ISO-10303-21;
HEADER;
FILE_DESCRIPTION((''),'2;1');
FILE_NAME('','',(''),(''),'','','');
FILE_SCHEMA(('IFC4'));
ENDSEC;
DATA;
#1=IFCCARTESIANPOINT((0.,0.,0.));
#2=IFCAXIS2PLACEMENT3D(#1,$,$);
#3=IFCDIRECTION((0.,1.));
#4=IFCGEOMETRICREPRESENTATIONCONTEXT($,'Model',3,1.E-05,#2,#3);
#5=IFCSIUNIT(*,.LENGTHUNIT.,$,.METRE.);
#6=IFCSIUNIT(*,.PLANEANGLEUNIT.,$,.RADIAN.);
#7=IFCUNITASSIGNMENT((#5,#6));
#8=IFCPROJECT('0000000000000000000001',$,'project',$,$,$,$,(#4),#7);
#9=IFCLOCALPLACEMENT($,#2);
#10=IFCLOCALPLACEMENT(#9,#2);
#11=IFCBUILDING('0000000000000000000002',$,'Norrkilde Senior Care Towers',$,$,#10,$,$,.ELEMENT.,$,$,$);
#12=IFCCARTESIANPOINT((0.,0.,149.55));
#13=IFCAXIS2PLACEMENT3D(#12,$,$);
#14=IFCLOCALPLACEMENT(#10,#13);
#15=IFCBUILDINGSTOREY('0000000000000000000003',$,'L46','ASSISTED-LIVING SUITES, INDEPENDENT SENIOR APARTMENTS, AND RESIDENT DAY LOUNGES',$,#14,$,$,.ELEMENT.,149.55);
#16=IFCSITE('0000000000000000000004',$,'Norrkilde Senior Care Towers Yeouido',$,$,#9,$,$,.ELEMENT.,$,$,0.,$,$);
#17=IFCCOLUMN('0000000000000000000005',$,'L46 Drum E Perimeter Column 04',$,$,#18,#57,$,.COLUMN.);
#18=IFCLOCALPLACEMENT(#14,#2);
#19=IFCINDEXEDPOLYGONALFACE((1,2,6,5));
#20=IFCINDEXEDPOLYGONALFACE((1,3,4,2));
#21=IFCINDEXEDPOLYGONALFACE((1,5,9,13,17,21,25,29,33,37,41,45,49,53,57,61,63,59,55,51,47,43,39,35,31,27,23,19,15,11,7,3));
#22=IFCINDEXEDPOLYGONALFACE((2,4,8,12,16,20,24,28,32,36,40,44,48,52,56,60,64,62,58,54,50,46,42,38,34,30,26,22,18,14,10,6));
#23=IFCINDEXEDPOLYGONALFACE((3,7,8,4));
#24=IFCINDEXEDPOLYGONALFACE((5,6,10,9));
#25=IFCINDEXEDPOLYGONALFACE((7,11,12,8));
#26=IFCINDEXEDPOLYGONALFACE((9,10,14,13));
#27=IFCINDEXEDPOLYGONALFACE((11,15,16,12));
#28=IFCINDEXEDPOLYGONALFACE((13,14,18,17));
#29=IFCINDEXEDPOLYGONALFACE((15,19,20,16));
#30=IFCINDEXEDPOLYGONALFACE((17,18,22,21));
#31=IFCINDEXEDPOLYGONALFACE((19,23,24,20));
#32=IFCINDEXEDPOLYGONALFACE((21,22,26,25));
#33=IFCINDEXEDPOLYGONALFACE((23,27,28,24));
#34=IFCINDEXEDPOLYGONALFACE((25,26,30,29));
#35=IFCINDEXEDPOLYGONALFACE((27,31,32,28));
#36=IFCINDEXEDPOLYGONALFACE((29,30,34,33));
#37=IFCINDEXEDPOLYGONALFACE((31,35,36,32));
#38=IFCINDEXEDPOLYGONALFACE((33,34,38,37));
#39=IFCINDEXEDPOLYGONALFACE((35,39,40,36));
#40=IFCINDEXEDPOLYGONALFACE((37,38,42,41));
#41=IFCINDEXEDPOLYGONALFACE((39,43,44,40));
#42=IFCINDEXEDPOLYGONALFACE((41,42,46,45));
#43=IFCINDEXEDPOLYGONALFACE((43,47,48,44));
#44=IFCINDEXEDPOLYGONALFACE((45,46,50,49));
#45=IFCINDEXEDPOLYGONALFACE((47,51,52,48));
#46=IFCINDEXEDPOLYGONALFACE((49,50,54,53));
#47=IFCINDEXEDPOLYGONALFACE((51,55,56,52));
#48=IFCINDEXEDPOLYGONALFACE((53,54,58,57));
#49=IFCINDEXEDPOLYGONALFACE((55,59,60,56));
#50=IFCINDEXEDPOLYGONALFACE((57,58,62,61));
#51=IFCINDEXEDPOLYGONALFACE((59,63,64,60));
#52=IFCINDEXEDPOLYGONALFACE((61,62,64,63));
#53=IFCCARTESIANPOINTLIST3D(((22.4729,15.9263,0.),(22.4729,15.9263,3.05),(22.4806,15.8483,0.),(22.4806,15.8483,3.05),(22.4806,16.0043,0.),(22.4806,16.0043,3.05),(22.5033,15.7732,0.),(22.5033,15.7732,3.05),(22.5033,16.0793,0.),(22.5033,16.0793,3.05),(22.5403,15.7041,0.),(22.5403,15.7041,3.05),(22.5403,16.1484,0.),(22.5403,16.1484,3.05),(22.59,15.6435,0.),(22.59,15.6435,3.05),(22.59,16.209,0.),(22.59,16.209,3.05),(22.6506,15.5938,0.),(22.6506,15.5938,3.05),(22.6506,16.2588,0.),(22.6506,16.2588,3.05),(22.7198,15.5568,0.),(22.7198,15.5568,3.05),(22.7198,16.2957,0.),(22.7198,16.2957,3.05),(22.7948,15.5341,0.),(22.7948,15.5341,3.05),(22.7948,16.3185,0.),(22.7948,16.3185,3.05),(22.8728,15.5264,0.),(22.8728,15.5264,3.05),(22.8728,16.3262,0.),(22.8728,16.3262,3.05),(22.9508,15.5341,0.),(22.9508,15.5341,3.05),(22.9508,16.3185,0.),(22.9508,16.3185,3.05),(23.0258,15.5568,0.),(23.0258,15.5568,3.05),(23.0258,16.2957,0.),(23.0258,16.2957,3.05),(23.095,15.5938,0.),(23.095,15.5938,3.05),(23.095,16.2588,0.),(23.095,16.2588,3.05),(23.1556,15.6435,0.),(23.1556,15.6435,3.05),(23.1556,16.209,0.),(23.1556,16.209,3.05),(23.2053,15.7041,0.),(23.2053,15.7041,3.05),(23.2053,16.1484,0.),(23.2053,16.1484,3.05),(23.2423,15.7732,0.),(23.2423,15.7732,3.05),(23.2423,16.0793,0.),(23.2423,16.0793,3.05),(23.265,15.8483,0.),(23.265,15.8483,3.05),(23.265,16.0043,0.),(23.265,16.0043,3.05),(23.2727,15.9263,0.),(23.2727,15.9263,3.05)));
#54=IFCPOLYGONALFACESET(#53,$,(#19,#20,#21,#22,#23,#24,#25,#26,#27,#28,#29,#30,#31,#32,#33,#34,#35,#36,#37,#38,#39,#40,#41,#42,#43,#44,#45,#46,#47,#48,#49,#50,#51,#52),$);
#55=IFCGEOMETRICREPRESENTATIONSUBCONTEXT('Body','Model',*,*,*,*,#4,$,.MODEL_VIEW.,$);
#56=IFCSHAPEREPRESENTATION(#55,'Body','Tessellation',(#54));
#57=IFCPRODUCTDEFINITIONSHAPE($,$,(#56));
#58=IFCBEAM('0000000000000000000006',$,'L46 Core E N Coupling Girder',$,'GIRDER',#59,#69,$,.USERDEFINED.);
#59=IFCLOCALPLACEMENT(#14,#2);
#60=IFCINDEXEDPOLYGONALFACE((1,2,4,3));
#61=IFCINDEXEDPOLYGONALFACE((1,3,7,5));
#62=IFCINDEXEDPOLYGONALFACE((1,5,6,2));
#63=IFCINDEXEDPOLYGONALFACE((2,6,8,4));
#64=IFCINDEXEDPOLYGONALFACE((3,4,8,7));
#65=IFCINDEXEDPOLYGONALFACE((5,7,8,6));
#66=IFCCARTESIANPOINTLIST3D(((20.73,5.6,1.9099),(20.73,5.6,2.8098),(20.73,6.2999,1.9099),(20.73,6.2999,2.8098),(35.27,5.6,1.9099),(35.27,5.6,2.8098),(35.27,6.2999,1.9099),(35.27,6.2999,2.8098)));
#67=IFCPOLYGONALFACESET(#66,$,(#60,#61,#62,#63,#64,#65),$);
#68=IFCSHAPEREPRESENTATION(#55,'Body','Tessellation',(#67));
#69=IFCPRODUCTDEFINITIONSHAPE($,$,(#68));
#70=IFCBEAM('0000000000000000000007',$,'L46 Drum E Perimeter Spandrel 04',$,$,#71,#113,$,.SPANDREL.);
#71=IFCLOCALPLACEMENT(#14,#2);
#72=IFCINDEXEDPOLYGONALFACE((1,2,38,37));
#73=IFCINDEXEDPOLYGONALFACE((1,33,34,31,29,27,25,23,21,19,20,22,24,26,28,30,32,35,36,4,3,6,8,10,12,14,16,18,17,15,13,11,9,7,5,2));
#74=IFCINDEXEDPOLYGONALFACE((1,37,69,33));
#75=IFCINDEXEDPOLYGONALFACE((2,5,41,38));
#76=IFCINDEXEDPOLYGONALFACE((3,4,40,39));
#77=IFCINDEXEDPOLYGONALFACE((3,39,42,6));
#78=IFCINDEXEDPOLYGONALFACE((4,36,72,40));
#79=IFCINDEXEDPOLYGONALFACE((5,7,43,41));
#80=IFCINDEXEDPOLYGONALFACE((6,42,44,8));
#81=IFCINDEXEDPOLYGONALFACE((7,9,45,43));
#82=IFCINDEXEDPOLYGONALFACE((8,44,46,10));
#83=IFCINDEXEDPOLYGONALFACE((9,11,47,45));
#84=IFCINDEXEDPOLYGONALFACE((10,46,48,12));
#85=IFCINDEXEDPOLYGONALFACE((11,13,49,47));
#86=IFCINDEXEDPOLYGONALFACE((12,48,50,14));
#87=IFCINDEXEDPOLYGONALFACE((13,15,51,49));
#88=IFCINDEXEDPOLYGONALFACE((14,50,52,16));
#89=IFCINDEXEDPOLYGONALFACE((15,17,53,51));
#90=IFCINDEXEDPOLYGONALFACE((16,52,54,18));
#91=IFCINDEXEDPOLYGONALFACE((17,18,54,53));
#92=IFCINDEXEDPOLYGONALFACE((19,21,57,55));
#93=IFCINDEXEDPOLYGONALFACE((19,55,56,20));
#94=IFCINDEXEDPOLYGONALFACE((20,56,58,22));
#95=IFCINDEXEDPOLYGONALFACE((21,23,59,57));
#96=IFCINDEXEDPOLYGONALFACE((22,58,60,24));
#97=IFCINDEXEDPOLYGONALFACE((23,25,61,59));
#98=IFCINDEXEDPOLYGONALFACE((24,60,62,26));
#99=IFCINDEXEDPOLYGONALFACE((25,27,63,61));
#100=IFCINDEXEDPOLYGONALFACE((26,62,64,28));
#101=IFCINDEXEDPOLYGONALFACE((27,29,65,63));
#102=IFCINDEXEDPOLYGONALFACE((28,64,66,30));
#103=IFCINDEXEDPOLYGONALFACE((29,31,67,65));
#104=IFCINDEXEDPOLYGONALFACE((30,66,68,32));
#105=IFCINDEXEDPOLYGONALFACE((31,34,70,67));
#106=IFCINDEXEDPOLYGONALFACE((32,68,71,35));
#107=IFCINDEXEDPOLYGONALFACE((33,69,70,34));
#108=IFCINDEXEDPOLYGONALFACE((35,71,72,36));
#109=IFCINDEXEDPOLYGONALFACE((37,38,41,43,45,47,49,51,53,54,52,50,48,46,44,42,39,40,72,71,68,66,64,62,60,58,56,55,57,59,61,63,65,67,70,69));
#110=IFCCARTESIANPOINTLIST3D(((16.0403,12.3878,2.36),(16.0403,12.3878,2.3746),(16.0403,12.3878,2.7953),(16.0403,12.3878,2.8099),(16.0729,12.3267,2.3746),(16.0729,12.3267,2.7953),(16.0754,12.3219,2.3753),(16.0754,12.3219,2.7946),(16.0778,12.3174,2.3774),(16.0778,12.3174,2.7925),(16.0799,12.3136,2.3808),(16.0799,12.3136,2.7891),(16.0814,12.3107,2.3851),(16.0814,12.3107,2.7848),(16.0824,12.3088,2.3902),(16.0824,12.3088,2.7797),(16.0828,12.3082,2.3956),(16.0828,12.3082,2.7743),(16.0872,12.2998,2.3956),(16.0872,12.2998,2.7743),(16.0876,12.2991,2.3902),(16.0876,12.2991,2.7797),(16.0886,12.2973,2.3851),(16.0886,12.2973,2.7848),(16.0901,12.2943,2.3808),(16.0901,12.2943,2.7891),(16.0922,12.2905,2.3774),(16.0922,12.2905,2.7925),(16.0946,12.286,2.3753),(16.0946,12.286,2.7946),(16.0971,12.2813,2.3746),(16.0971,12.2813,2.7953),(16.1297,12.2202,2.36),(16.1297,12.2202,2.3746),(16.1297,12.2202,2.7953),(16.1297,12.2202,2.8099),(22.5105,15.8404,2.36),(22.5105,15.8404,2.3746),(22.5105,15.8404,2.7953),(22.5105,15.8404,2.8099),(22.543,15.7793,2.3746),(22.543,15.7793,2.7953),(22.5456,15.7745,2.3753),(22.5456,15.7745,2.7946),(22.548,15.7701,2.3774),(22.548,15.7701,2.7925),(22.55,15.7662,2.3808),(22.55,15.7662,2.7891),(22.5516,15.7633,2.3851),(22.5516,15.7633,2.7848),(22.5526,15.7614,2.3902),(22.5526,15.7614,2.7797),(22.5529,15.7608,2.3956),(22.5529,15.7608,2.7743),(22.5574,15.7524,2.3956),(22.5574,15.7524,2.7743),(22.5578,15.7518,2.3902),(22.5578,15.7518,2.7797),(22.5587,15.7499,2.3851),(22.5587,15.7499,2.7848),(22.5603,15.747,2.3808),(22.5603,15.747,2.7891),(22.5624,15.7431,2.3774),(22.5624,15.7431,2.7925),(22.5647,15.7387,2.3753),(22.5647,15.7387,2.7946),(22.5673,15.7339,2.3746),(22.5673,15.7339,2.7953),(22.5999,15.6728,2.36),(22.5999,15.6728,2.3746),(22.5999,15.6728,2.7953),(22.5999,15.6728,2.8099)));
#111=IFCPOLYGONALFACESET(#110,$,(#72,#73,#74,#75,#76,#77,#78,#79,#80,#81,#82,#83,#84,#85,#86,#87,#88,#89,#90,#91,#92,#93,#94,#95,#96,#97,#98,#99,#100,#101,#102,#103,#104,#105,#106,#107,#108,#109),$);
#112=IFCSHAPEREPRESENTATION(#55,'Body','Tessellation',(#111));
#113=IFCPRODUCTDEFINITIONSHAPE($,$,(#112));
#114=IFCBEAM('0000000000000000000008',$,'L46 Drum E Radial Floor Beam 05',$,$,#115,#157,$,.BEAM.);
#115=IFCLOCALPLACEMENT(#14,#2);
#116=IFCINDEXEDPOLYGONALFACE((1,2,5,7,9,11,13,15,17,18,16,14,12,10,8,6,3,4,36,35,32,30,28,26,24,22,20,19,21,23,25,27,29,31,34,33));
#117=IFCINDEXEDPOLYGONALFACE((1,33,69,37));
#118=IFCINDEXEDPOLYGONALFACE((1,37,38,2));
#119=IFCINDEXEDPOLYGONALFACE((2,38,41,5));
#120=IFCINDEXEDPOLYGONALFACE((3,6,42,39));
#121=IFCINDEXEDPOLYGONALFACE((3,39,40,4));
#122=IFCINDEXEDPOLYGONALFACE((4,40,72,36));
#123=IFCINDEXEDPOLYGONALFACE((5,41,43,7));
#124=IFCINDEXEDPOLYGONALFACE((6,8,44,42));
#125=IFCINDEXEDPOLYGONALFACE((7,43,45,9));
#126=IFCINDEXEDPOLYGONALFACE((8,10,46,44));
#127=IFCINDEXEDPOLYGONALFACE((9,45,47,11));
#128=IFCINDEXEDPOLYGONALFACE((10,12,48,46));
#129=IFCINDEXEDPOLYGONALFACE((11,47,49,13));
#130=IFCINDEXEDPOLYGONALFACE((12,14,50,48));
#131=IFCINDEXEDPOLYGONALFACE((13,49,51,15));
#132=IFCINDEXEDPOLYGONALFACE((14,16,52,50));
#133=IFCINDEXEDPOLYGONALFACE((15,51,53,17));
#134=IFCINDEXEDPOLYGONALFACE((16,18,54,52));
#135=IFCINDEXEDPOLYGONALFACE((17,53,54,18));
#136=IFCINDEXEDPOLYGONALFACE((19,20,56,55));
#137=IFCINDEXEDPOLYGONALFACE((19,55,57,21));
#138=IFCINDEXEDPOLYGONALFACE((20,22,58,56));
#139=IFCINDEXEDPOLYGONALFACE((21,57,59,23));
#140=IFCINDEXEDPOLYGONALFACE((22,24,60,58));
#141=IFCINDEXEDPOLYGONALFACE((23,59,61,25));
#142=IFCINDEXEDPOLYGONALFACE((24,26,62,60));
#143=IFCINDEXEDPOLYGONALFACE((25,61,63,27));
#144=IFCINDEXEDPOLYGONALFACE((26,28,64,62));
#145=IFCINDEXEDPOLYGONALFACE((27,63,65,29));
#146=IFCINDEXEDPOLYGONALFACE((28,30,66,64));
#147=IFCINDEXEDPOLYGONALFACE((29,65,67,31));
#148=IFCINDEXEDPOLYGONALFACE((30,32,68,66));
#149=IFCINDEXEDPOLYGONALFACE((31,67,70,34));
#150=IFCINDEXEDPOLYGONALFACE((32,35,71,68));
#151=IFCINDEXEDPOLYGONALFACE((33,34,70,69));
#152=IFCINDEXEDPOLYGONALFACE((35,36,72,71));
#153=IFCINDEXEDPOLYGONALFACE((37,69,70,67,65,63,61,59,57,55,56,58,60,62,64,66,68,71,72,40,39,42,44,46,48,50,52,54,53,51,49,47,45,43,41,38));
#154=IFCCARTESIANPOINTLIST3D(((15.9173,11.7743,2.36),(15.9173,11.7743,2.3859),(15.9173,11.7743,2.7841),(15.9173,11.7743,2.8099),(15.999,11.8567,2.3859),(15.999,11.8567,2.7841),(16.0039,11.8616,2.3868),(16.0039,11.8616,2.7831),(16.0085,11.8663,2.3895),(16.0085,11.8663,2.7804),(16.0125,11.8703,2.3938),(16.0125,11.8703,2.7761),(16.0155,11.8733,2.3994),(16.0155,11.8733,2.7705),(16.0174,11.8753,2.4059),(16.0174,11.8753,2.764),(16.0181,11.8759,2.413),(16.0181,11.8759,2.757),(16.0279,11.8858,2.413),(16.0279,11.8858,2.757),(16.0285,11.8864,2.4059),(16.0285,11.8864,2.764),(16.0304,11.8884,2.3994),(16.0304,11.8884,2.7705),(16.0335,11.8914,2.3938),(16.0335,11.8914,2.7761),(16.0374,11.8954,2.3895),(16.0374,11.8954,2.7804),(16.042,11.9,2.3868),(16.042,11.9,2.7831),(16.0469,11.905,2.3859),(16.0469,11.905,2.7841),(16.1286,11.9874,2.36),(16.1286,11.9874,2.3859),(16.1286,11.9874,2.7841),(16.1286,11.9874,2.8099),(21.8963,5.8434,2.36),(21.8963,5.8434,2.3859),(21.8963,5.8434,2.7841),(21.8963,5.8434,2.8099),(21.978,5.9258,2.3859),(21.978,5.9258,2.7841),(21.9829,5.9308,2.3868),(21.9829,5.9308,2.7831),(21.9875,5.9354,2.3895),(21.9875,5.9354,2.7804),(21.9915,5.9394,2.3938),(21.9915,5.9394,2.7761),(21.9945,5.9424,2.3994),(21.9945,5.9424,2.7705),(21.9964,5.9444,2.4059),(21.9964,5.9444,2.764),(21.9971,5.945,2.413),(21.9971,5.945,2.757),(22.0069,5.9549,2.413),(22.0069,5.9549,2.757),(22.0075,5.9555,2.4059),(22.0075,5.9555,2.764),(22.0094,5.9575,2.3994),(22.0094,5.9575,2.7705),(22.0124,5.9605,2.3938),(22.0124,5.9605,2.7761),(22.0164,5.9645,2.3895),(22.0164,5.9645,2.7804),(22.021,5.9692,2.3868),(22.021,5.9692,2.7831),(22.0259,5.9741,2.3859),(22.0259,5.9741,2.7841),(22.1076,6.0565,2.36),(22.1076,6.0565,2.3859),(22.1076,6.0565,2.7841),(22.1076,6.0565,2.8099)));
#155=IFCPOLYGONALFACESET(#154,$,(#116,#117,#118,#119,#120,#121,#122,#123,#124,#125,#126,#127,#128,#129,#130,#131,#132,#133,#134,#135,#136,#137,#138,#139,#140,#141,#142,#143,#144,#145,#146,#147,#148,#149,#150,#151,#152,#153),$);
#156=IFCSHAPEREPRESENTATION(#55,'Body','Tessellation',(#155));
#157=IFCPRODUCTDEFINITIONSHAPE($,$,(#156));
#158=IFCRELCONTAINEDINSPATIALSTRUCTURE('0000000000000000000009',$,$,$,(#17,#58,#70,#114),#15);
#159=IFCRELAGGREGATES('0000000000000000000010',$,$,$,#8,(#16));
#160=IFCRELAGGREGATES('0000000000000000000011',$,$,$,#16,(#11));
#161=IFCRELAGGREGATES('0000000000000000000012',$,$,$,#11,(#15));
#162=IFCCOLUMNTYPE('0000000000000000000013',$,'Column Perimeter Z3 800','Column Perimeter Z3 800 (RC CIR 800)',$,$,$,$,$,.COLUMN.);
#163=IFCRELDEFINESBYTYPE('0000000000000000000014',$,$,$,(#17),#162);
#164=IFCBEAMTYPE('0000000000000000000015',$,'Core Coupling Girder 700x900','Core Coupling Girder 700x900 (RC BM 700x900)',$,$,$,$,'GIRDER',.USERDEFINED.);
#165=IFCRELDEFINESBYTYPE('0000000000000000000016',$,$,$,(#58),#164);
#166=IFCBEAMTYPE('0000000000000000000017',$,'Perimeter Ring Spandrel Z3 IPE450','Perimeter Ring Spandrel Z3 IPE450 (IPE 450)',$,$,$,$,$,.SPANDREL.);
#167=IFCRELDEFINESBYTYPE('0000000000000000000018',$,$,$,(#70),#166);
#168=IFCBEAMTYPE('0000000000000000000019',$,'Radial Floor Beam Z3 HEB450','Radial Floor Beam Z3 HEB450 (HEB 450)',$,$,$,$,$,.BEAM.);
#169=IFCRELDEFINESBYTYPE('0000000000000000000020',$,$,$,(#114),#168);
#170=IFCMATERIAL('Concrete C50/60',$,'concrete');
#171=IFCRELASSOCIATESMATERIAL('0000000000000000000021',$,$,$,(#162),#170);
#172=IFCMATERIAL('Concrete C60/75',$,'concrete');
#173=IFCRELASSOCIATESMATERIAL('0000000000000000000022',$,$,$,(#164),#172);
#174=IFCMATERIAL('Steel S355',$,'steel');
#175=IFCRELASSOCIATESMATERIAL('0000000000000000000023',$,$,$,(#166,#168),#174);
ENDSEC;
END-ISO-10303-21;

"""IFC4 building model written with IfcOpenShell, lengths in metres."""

from ifc_helpers import new_model, si_unit, direction, frame, origin, origin_2d, place, context, subcontext, project, spatial, rectangle, circle, i_section, extrude, source, transform, mapped, material, material_profile, profile_set, type_object, type_shapes, element, save


model = new_model("IFC4")

# Units and contexts
model_context = context("Model", 3, precision=1e-05, world=origin(), true_north=direction((0.0, 1.0)))
body_context = subcontext(model_context, "Body", "Model", "MODEL_VIEW")
ifc_project = project(units=[si_unit("LENGTHUNIT", "METRE"), si_unit("PLANEANGLEUNIT", "RADIAN")], contexts=[model_context])

# Site, building, storey
site_placement = place(None, origin())
site = spatial("IfcSite", under=ifc_project, at=site_placement, Name="Norrkilde Senior Care Towers Yeouido", CompositionType="ELEMENT", RefElevation=0.0)
building_placement = place(site_placement, origin())
building = spatial("IfcBuilding", under=site, at=building_placement, Name="Norrkilde Senior Care Towers", CompositionType="ELEMENT")
storey_placement = place(building_placement, frame((0.0, 0.0, 149.55)))
storey = spatial("IfcBuildingStorey", under=building, at=storey_placement, Name="L46", Description="ASSISTED-LIVING SUITES, INDEPENDENT SENIOR APARTMENTS, AND RESIDENT DAY LOUNGES", CompositionType="ELEMENT", Elevation=149.55)

# Column
ifc_material_1 = material(Name="Concrete C50/60", Category="concrete")
ifc_material_profile_1 = material_profile(ifc_material_1, circle(Radius=0.3999, at=origin_2d()), Name="RC CIR 800")
ifc_profile_set_1 = profile_set([ifc_material_profile_1], Name="Concrete C50/60")
column_type = type_object("IfcColumnType", Name="Column Perimeter Z3 800", Description="Column Perimeter Z3 800 (RC CIR 800)", PredefinedType="COLUMN", material=ifc_profile_set_1)
shared_shape_1 = source(origin(), body_context, "Body", "SweptSolid", [
    extrude(circle(Radius=0.3999, at=origin_2d()), origin(), (0.0, 0.0, 1.0), 3.05),
])
type_shapes(column_type, [shared_shape_1])
column_placement = place(storey_placement, frame((22.8728, 15.9263, 0.0), z_axis=(0.0, 0.0, 1.0), x_axis=(1.0, 0.0, 0.0)))
element("IfcColumn", 1, at=column_placement, inside=storey, type_object=column_type, Name="L46 Drum E Perimeter Column 04", PredefinedType="COLUMN", context=body_context, shape_type="MappedRepresentation", body=[
    mapped(shared_shape_1, transform((0.0, 0.0, 0.0), x_axis=(1.0, 0.0, 0.0), y_axis=(0.0, 1.0, 0.0), z_axis=(0.0, 0.0, 1.0), scale=1.0)),
])

# Beams
ifc_material_2 = material(Name="Concrete C60/75", Category="concrete")
ifc_material_profile_2 = material_profile(ifc_material_2, rectangle(XDim=0.7, YDim=0.8999, at=origin_2d()), Name="RC BM 700x900")
ifc_profile_set_2 = profile_set([ifc_material_profile_2], Name="Concrete C60/75")
beam_type_1 = type_object("IfcBeamType", Name="Core Coupling Girder 700x900", Description="Core Coupling Girder 700x900 (RC BM 700x900)", ElementType="GIRDER", PredefinedType="USERDEFINED", material=ifc_profile_set_2)
shared_shape_2 = source(origin(), body_context, "Body", "SweptSolid", [
    extrude(rectangle(XDim=0.7, YDim=0.8999, at=origin_2d()), origin(), (0.0, 0.0, 1.0), 14.54),
])
type_shapes(beam_type_1, [shared_shape_2])
beam_1_placement = place(storey_placement, frame((20.73, 5.95, 2.3599), z_axis=(1.0, 0.0, 0.0), x_axis=(0.0, 1.0, 0.0)))
element("IfcBeam", 2, at=beam_1_placement, inside=storey, type_object=beam_type_1, Name="L46 Core E N Coupling Girder", ObjectType="GIRDER", PredefinedType="USERDEFINED", context=body_context, shape_type="MappedRepresentation", body=[
    mapped(shared_shape_2, transform((0.0, 0.0, 0.0), x_axis=(1.0, 0.0, 0.0), y_axis=(0.0, 1.0, 0.0), z_axis=(0.0, 0.0, 1.0), scale=1.0)),
])
ifc_material_3 = material(Name="Steel S355", Category="steel")
ifc_material_profile_3 = material_profile(ifc_material_3, i_section(OverallWidth=0.1899, OverallDepth=0.45, WebThickness=0.0095, FlangeThickness=0.0146, FilletRadius=0.021, at=origin_2d()), Name="IPE 450")
ifc_profile_set_3 = profile_set([ifc_material_profile_3], Name="Steel S355")
beam_type_2 = type_object("IfcBeamType", Name="Perimeter Ring Spandrel Z3 IPE450", Description="Perimeter Ring Spandrel Z3 IPE450 (IPE 450)", PredefinedType="SPANDREL", material=ifc_profile_set_3)
shared_shape_3 = source(origin(), body_context, "Body", "SweptSolid", [
    extrude(i_section(OverallWidth=0.1899, OverallDepth=0.45, WebThickness=0.0095, FlangeThickness=0.0146, FilletRadius=0.021, at=origin_2d()), origin(), (0.0, 0.0, 1.0), 7.3337),
])
type_shapes(beam_type_2, [shared_shape_3])
beam_2_placement = place(storey_placement, frame((22.5552, 15.7566, 2.585), z_axis=(-0.882248, -0.470785, 0.0), x_axis=(0.470785, -0.882248, 0.0)))
element("IfcBeam", 3, at=beam_2_placement, inside=storey, type_object=beam_type_2, Name="L46 Drum E Perimeter Spandrel 04", PredefinedType="SPANDREL", context=body_context, shape_type="MappedRepresentation", body=[
    mapped(shared_shape_3, transform((0.0, 0.0, 0.0), x_axis=(1.0, 0.0, 0.0), y_axis=(0.0, 1.0, 0.0), z_axis=(0.0, 0.0, 1.0), scale=1.0)),
])
ifc_material_profile_4 = material_profile(ifc_material_3, i_section(OverallWidth=0.3, OverallDepth=0.45, WebThickness=0.0139, FlangeThickness=0.0259, FilletRadius=0.0271, at=origin_2d()), Name="HEB 450")
ifc_profile_set_4 = profile_set([ifc_material_profile_4], Name="Steel S355")
beam_type_3 = type_object("IfcBeamType", Name="Radial Floor Beam Z3 HEB450", Description="Radial Floor Beam Z3 HEB450 (HEB 450)", PredefinedType="BEAM", material=ifc_profile_set_4)
shared_shape_4 = source(origin(), body_context, "Body", "SweptSolid", [
    extrude(i_section(OverallWidth=0.3, OverallDepth=0.45, WebThickness=0.0139, FlangeThickness=0.0259, FilletRadius=0.0271, at=origin_2d()), origin(), (0.0, 0.0, 1.0), 8.4216),
])
beam_3_placement = place(storey_placement, frame((22.002, 5.95, 2.585), z_axis=(-0.709956, 0.704246, 0.0), x_axis=(-0.704246, -0.709956, 0.0)))
element("IfcBeam", 4, at=beam_3_placement, inside=storey, type_object=beam_type_3, Name="L46 Drum E Radial Floor Beam 05", PredefinedType="BEAM", context=body_context, shape_type="MappedRepresentation", body=[
    mapped(shared_shape_4, transform((0.0, 0.0, 0.0), x_axis=(1.0, 0.0, 0.0), y_axis=(0.0, 1.0, 0.0), z_axis=(0.0, 0.0, 1.0), scale=1.0)),
])

save(model, "model.ifc")
